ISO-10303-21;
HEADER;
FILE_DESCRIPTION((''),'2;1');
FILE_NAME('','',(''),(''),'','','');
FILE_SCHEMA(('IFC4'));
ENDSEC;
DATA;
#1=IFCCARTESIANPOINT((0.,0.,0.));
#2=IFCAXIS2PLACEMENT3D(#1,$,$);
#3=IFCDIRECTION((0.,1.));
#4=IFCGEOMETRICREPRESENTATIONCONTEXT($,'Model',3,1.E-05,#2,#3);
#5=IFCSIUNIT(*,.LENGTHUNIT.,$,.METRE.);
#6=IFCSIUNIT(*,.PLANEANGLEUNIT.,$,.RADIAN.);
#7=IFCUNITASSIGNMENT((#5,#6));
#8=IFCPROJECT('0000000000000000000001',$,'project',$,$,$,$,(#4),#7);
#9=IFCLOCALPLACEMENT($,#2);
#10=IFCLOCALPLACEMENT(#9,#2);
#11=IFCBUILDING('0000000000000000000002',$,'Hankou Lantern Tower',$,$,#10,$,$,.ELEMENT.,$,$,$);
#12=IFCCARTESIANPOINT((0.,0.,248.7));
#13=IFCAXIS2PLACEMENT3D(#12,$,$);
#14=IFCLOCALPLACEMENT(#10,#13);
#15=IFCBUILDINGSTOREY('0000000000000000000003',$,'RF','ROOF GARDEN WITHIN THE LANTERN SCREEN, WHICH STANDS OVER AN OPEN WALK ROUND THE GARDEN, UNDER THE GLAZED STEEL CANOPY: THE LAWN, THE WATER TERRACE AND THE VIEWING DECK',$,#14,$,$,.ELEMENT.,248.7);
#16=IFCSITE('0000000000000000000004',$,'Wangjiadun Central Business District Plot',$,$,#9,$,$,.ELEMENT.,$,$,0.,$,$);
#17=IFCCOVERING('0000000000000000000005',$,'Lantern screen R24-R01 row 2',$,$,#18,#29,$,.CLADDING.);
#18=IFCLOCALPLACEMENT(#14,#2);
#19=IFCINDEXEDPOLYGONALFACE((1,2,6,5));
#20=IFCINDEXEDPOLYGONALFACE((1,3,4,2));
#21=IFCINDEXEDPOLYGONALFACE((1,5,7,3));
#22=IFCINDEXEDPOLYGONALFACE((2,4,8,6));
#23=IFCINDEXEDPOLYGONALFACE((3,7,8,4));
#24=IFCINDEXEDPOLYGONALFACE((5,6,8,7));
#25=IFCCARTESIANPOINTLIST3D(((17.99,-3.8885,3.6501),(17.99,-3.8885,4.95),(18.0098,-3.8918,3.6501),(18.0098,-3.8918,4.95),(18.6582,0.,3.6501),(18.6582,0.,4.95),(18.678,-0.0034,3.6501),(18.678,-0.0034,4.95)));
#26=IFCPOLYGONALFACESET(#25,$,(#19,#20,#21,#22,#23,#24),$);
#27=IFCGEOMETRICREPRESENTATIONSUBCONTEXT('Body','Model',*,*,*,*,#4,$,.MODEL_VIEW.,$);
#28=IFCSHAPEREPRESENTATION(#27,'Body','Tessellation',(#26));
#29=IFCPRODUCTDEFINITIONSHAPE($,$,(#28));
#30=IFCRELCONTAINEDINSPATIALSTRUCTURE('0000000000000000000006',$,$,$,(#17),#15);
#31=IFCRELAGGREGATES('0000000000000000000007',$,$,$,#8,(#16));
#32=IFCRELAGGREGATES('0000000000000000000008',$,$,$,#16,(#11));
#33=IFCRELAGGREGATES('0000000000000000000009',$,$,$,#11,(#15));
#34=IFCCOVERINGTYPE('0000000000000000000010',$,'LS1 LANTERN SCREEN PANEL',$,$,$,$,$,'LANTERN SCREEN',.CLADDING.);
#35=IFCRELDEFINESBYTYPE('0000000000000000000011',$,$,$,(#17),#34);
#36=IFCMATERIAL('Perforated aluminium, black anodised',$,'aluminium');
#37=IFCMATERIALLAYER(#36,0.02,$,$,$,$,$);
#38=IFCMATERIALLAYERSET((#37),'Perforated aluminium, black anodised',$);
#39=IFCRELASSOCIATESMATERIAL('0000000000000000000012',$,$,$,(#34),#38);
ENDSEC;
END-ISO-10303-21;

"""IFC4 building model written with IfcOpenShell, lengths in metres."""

from ifc_helpers import new_model, si_unit, direction, frame, origin, place, context, subcontext, project, spatial, polyline, outline, extrude, material, layer, layer_set, type_object, element, save


model = new_model("IFC4")

# Units and contexts
model_context = context("Model", 3, precision=1e-05, world=origin(), true_north=direction((0.0, 1.0)))
body_context = subcontext(model_context, "Body", "Model", "MODEL_VIEW")
ifc_project = project(units=[si_unit("LENGTHUNIT", "METRE"), si_unit("PLANEANGLEUNIT", "RADIAN")], contexts=[model_context])

# Site, building, storey
site_placement = place(None, origin())
site = spatial("IfcSite", under=ifc_project, at=site_placement, Name="Wangjiadun Central Business District Plot", CompositionType="ELEMENT", RefElevation=0.0)
building_placement = place(site_placement, origin())
building = spatial("IfcBuilding", under=site, at=building_placement, Name="Hankou Lantern Tower", CompositionType="ELEMENT")
storey_placement = place(building_placement, frame((0.0, 0.0, 248.7)))
storey = spatial("IfcBuildingStorey", under=building, at=storey_placement, Name="RF", Description="ROOF GARDEN WITHIN THE LANTERN SCREEN, WHICH STANDS OVER AN OPEN WALK ROUND THE GARDEN, UNDER THE GLAZED STEEL CANOPY: THE LAWN, THE WATER TERRACE AND THE VIEWING DECK", CompositionType="ELEMENT", Elevation=248.7)

# Covering
ifc_material_1 = material(Name="Perforated aluminium, black anodised", Category="aluminium")
ifc_layer_1 = layer(ifc_material_1, 0.02)
ifc_layer_set_1 = layer_set([ifc_layer_1], Name="Perforated aluminium, black anodised")
covering_type = type_object("IfcCoveringType", Name="LS1 LANTERN SCREEN PANEL", ElementType="LANTERN SCREEN", PredefinedType="CLADDING", material=ifc_layer_set_1)
covering_1_placement = place(storey_placement, frame((18.0098, -3.8918, 3.6501), z_axis=(0.985554, -0.169364, 0.0), x_axis=(0.169364, 0.985554, 0.0)))
element("IfcCovering", 1, at=covering_1_placement, inside=storey, type_object=covering_type, Name="Lantern screen R24-R01 row 2", PredefinedType="CLADDING", context=body_context, shape_type="SweptSolid", body=[
    extrude(outline(polyline([(0.0, 0.0), (3.9454, 0.0), (3.9454, 1.2998), (0.0, 1.2998), (0.0, 0.0)])), origin(), (0.0, 0.0, -1.0), 0.02),
])

save(model, "model.ifc")
